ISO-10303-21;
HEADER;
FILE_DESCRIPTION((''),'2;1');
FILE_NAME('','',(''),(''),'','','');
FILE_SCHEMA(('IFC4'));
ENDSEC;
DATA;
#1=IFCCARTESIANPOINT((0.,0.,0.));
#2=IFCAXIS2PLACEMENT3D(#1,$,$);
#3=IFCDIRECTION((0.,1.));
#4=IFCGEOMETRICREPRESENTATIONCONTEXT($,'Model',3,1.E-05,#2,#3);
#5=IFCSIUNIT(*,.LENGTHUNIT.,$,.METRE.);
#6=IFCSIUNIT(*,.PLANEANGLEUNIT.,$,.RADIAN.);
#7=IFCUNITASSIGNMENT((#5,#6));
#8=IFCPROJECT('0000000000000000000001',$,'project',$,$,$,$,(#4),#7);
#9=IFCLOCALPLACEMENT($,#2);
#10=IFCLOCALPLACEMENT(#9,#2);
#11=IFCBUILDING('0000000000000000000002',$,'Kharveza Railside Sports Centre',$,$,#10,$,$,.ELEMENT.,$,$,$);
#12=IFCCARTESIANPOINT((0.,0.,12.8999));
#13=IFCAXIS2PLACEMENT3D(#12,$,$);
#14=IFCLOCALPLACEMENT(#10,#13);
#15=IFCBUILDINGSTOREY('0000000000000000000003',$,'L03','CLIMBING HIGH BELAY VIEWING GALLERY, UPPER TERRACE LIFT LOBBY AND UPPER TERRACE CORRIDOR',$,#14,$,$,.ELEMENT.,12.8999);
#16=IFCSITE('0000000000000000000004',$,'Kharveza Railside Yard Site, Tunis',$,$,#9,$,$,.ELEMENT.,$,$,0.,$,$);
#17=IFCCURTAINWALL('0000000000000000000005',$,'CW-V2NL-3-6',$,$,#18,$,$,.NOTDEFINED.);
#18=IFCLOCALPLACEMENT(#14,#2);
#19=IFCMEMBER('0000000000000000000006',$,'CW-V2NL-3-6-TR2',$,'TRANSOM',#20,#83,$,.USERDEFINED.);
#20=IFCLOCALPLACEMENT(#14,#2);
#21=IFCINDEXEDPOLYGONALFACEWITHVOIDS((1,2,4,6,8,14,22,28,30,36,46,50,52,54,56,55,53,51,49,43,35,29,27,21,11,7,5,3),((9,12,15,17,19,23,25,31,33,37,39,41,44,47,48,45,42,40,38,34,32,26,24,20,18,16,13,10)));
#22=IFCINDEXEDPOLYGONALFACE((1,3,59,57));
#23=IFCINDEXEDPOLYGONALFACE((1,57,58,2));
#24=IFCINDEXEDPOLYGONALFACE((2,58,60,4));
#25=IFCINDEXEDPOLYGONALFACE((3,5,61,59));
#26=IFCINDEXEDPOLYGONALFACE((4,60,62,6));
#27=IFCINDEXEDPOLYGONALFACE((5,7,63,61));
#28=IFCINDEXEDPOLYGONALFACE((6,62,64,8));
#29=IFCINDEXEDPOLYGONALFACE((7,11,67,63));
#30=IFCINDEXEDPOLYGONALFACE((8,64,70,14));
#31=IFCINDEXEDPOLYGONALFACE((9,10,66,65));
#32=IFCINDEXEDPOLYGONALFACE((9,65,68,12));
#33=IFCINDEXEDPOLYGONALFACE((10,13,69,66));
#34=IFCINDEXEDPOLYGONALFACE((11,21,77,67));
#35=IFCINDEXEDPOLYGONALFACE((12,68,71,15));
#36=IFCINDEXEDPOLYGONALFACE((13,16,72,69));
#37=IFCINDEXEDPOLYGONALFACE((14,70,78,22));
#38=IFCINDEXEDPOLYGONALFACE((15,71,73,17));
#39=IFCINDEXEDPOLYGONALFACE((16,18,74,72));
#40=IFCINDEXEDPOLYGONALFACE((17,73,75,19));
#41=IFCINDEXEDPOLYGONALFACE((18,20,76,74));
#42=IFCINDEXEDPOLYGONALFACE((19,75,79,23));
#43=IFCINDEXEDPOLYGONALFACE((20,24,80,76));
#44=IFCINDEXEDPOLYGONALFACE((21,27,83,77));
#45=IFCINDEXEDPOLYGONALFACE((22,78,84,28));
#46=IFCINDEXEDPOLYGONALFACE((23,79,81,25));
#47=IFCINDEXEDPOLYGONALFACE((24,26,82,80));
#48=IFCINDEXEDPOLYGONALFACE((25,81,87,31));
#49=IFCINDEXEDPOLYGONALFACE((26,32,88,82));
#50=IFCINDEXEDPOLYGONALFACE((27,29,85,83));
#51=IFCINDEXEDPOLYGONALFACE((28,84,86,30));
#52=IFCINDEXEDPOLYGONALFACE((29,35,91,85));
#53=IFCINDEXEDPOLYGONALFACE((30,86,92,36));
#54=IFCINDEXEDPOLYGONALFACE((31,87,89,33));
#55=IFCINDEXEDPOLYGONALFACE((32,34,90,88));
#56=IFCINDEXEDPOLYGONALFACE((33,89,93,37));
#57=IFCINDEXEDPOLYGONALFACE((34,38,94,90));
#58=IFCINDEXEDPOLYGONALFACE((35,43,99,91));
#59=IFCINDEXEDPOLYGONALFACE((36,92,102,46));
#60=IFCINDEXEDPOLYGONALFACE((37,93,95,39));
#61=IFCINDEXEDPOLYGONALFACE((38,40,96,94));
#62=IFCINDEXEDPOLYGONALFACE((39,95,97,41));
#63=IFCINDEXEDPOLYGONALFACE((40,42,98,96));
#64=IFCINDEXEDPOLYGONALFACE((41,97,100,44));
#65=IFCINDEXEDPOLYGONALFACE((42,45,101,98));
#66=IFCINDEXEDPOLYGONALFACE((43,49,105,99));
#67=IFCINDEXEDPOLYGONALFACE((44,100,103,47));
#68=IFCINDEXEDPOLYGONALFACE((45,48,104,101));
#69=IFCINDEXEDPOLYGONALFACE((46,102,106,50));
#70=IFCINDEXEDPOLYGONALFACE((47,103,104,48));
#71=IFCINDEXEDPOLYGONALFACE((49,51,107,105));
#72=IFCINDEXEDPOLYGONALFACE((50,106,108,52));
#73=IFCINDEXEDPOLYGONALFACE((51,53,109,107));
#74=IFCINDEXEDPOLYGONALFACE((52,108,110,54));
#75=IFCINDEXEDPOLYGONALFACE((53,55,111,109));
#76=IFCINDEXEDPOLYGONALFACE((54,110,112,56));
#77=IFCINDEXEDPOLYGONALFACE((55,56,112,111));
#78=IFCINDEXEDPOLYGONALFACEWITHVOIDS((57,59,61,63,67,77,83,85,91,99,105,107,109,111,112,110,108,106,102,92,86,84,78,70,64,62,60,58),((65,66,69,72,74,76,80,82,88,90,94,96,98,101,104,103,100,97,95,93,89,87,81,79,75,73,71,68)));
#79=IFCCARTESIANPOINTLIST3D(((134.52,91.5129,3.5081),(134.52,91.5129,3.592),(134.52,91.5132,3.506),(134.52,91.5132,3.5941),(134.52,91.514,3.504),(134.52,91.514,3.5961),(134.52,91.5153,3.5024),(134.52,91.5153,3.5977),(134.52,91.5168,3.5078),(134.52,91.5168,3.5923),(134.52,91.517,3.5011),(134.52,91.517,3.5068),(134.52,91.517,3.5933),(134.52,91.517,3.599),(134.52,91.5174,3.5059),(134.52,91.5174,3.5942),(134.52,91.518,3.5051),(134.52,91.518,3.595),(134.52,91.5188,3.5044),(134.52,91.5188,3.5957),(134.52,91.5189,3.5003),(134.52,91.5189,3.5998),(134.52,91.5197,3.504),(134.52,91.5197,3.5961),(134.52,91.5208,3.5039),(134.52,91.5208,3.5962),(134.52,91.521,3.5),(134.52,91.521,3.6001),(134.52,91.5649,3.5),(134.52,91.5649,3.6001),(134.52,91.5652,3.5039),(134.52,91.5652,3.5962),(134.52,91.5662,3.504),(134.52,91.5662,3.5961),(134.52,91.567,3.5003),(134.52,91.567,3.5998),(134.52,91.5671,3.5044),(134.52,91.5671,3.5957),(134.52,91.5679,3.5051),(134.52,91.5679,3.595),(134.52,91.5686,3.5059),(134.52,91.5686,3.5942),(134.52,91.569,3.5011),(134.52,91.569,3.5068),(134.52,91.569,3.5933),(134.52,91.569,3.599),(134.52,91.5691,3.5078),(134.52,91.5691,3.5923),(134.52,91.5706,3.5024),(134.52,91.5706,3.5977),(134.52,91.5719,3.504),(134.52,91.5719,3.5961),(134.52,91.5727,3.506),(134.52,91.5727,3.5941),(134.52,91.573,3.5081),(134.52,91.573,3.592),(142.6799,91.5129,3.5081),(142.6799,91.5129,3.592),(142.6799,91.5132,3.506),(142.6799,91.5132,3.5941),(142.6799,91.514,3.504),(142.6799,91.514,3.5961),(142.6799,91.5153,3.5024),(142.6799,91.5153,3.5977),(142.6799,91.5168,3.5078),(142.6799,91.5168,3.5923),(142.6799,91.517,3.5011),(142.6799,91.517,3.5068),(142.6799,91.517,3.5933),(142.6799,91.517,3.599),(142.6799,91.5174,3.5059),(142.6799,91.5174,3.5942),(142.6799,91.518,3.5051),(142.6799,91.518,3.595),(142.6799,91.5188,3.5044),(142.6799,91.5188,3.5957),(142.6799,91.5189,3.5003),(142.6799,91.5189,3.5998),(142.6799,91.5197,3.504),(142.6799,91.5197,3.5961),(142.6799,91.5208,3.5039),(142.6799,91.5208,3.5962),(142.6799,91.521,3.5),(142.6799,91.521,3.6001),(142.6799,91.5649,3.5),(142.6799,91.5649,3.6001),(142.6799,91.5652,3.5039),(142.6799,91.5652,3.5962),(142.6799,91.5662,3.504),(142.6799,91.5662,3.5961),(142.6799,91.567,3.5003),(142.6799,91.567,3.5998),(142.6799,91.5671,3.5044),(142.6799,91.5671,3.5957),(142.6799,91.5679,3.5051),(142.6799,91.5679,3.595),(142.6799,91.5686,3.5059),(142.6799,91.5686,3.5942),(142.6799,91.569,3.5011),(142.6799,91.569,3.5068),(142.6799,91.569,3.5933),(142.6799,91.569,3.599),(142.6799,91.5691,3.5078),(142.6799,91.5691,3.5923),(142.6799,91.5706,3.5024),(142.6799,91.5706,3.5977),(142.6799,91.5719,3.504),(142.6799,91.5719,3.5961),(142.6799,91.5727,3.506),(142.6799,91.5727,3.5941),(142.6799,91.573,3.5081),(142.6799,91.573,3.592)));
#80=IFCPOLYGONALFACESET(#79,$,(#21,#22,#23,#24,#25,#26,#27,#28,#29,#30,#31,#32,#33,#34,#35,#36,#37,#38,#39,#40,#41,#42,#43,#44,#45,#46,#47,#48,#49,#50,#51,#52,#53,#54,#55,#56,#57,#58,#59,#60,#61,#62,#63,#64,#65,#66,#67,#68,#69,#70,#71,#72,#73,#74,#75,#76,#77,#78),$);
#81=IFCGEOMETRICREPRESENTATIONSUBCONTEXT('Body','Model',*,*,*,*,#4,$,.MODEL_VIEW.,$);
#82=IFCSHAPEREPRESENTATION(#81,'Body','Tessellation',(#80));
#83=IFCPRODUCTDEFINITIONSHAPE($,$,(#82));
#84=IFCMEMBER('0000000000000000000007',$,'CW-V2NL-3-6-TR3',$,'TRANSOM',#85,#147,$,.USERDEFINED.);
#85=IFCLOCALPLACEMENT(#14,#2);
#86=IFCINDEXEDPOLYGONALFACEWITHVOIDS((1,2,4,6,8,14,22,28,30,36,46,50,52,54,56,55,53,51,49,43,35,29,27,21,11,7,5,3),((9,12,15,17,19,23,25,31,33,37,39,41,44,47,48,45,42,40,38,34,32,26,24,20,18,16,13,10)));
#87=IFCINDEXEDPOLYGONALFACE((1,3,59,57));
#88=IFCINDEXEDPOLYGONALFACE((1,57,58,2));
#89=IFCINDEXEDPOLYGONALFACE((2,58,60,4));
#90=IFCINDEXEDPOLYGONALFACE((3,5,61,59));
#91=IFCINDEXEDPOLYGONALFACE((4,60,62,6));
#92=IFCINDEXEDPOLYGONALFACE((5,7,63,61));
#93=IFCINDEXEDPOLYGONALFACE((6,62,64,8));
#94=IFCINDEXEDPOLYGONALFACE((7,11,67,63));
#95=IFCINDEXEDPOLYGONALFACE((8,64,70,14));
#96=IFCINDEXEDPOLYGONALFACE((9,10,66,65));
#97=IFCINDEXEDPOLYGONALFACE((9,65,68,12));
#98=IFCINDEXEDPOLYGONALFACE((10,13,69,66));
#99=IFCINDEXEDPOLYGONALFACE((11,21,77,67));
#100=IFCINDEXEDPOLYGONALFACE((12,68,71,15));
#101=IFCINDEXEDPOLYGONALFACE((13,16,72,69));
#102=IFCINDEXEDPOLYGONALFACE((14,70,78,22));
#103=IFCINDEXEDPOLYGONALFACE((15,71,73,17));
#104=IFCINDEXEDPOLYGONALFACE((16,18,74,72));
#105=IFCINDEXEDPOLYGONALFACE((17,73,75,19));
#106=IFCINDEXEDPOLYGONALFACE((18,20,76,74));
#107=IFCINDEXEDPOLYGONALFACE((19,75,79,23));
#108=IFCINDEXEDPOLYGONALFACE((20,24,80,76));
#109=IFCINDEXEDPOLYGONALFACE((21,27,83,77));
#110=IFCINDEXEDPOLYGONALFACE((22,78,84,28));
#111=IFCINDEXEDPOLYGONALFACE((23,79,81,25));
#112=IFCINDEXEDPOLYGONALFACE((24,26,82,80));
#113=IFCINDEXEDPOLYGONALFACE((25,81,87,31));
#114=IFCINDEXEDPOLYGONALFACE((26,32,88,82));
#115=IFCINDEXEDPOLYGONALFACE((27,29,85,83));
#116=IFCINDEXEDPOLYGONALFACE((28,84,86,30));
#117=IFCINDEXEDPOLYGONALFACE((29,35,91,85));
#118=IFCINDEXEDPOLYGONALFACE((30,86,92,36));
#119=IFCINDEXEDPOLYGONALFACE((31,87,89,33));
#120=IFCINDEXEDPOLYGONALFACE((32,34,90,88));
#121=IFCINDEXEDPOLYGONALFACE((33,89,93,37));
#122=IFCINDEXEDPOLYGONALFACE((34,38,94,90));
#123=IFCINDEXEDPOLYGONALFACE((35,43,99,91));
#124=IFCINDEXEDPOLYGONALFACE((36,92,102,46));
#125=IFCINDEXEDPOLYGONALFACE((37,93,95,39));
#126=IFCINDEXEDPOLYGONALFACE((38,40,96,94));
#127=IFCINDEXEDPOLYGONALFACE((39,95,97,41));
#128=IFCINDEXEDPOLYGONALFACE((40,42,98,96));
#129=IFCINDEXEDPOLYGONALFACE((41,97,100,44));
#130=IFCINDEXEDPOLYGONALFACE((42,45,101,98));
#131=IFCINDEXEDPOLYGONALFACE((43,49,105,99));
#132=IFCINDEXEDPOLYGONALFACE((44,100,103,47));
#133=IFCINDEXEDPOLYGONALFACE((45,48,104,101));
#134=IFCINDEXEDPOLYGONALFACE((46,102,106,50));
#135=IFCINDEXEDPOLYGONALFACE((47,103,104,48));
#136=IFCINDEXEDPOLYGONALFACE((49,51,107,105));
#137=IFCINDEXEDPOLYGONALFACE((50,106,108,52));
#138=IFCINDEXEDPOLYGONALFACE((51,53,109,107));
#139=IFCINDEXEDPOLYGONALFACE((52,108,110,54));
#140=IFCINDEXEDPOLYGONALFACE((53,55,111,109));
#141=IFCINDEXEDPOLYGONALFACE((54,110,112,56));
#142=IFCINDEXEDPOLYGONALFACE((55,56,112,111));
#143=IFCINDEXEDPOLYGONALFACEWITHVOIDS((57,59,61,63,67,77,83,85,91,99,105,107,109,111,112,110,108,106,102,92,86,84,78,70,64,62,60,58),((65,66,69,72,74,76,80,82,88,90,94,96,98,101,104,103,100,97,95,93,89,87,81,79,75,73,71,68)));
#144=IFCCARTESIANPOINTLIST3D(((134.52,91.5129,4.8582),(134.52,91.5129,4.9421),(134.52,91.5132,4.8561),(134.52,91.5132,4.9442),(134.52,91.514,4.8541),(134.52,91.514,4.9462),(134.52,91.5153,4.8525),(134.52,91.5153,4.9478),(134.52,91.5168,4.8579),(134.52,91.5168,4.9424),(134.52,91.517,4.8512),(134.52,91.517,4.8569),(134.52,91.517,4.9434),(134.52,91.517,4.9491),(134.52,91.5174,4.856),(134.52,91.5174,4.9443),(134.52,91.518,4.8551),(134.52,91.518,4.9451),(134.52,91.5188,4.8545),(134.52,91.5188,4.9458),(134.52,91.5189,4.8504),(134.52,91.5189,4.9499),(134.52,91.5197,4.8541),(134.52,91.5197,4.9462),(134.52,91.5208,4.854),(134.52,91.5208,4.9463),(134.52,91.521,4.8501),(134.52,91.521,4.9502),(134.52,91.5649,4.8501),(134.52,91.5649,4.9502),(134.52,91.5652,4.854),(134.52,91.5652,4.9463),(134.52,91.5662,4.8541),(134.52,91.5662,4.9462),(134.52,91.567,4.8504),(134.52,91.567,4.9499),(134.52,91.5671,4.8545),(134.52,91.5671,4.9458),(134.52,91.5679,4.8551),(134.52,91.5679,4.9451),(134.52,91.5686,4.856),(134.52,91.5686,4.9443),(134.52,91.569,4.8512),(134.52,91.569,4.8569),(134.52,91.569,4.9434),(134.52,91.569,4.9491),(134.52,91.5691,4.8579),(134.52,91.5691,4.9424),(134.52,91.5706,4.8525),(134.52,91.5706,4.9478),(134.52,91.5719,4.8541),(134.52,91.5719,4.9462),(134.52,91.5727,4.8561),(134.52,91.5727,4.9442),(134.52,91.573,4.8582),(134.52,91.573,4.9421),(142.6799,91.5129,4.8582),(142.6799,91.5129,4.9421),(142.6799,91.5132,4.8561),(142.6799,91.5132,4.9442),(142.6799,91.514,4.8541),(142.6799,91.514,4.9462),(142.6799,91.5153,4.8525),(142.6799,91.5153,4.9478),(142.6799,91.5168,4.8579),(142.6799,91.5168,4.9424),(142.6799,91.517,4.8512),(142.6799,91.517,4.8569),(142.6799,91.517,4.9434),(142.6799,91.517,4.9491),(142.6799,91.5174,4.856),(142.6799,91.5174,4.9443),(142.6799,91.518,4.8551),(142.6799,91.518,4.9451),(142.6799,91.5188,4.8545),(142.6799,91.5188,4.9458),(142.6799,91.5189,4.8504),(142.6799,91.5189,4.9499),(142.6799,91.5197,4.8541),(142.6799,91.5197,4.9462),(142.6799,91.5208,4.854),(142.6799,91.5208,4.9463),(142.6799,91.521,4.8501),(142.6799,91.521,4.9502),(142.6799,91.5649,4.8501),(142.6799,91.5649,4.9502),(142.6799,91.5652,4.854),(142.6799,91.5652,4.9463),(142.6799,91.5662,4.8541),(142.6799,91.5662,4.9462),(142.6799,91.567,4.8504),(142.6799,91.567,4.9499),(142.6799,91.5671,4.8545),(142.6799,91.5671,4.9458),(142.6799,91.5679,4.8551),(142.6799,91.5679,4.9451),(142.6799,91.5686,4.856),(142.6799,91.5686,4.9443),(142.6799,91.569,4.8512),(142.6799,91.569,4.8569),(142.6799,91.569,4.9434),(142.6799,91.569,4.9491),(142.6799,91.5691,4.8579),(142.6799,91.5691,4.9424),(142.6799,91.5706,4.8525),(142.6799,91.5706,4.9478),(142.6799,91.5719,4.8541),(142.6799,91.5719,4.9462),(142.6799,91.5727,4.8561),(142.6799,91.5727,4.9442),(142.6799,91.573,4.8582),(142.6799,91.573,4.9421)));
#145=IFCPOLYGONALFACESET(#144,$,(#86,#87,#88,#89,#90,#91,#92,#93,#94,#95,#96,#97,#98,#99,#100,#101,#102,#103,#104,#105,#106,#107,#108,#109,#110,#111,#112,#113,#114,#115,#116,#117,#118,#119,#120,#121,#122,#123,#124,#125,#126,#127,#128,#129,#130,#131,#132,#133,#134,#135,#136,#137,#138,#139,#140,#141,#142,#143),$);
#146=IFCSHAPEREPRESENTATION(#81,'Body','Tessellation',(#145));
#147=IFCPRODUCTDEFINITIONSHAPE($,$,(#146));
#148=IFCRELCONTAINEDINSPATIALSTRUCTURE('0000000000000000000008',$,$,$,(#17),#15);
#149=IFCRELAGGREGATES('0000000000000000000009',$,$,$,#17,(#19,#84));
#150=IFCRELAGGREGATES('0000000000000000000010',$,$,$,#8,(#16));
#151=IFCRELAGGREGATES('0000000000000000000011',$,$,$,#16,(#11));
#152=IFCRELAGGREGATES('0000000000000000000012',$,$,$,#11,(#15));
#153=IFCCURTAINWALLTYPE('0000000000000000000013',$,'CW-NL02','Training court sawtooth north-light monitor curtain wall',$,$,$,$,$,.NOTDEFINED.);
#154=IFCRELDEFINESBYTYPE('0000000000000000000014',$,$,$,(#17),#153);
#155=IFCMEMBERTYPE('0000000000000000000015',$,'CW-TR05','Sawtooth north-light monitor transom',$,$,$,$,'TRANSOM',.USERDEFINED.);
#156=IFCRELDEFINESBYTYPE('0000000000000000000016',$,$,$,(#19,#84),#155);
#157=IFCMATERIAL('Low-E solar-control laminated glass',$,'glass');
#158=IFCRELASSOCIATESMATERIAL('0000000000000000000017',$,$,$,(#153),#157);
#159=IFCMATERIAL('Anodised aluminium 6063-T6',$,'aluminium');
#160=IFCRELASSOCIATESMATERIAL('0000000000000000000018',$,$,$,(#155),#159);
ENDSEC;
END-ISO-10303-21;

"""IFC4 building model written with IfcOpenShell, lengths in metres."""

from ifc_helpers import new_model, si_unit, direction, frame, origin, origin_2d, place, context, subcontext, project, spatial, hollow_rectangle, extrude, material, material_profile, profile_set, type_object, element, aggregate, save


model = new_model("IFC4")

# Units and contexts
model_context = context("Model", 3, precision=1e-05, world=origin(), true_north=direction((0.0, 1.0)))
body_context = subcontext(model_context, "Body", "Model", "MODEL_VIEW")
ifc_project = project(units=[si_unit("LENGTHUNIT", "METRE"), si_unit("PLANEANGLEUNIT", "RADIAN")], contexts=[model_context])

# Site, building, storey
site_placement = place(None, origin())
site = spatial("IfcSite", under=ifc_project, at=site_placement, Name="Kharveza Railside Yard Site, Tunis", CompositionType="ELEMENT", RefElevation=0.0)
building_placement = place(site_placement, origin())
building = spatial("IfcBuilding", under=site, at=building_placement, Name="Kharveza Railside Sports Centre", CompositionType="ELEMENT")
storey_placement = place(building_placement, frame((0.0, 0.0, 12.8999)))
storey = spatial("IfcBuildingStorey", under=building, at=storey_placement, Name="L03", Description="CLIMBING HIGH BELAY VIEWING GALLERY, UPPER TERRACE LIFT LOBBY AND UPPER TERRACE CORRIDOR", CompositionType="ELEMENT", Elevation=12.8999)

# Curtain wall
ifc_material_1 = material(Name="Low-E solar-control laminated glass", Category="glass")
curtain_wall_type = type_object("IfcCurtainWallType", Name="CW-NL02", Description="Training court sawtooth north-light monitor curtain wall", PredefinedType="NOTDEFINED", material=ifc_material_1)
ifc_material_2 = material(Name="Anodised aluminium 6063-T6", Category="aluminium")
curtain_wall_1_placement = place(storey_placement, origin())
curtain_wall_1 = element("IfcCurtainWall", 1, at=curtain_wall_1_placement, inside=storey, type_object=curtain_wall_type, Name="CW-V2NL-3-6", PredefinedType="NOTDEFINED")

# Members
ifc_material_profile_1 = material_profile(ifc_material_2, hollow_rectangle(XDim=0.0601, YDim=0.1001, WallThickness=0.0039, InnerFilletRadius=0.0039, OuterFilletRadius=0.0081, at=origin_2d()), Name="RHS 60x100x4.0")
ifc_profile_set_1 = profile_set([ifc_material_profile_1], Name="Anodised aluminium 6063-T6")
member_type_1 = type_object("IfcMemberType", Name="CW-TR05", Description="Sawtooth north-light monitor transom", ElementType="TRANSOM", PredefinedType="USERDEFINED", material=ifc_profile_set_1)
member_1_placement = place(storey_placement, frame((134.52, 91.543, 3.55), z_axis=(1.0, 0.0, 0.0), x_axis=(0.0, 1.0, 0.0)))
member_1 = element("IfcMember", 2, at=member_1_placement, type_object=member_type_1, Name="CW-V2NL-3-6-TR2", ObjectType="TRANSOM", PredefinedType="USERDEFINED", context=body_context, shape_type="SweptSolid", body=[
    extrude(hollow_rectangle(XDim=0.0601, YDim=0.1001, WallThickness=0.0039, InnerFilletRadius=0.0039, OuterFilletRadius=0.0081, at=origin_2d()), origin(), (0.0, 0.0, 1.0), 8.1599),
])
member_2_placement = place(storey_placement, frame((134.52, 91.543, 4.9001), z_axis=(1.0, 0.0, 0.0), x_axis=(0.0, 1.0, 0.0)))
member_2 = element("IfcMember", 3, at=member_2_placement, type_object=member_type_1, Name="CW-V2NL-3-6-TR3", ObjectType="TRANSOM", PredefinedType="USERDEFINED", context=body_context, shape_type="SweptSolid", body=[
    extrude(hollow_rectangle(XDim=0.0601, YDim=0.1001, WallThickness=0.0039, InnerFilletRadius=0.0039, OuterFilletRadius=0.0081, at=origin_2d()), origin(), (0.0, 0.0, 1.0), 8.1599),
])

aggregate(curtain_wall_1, [member_1, member_2])

save(model, "model.ifc")
